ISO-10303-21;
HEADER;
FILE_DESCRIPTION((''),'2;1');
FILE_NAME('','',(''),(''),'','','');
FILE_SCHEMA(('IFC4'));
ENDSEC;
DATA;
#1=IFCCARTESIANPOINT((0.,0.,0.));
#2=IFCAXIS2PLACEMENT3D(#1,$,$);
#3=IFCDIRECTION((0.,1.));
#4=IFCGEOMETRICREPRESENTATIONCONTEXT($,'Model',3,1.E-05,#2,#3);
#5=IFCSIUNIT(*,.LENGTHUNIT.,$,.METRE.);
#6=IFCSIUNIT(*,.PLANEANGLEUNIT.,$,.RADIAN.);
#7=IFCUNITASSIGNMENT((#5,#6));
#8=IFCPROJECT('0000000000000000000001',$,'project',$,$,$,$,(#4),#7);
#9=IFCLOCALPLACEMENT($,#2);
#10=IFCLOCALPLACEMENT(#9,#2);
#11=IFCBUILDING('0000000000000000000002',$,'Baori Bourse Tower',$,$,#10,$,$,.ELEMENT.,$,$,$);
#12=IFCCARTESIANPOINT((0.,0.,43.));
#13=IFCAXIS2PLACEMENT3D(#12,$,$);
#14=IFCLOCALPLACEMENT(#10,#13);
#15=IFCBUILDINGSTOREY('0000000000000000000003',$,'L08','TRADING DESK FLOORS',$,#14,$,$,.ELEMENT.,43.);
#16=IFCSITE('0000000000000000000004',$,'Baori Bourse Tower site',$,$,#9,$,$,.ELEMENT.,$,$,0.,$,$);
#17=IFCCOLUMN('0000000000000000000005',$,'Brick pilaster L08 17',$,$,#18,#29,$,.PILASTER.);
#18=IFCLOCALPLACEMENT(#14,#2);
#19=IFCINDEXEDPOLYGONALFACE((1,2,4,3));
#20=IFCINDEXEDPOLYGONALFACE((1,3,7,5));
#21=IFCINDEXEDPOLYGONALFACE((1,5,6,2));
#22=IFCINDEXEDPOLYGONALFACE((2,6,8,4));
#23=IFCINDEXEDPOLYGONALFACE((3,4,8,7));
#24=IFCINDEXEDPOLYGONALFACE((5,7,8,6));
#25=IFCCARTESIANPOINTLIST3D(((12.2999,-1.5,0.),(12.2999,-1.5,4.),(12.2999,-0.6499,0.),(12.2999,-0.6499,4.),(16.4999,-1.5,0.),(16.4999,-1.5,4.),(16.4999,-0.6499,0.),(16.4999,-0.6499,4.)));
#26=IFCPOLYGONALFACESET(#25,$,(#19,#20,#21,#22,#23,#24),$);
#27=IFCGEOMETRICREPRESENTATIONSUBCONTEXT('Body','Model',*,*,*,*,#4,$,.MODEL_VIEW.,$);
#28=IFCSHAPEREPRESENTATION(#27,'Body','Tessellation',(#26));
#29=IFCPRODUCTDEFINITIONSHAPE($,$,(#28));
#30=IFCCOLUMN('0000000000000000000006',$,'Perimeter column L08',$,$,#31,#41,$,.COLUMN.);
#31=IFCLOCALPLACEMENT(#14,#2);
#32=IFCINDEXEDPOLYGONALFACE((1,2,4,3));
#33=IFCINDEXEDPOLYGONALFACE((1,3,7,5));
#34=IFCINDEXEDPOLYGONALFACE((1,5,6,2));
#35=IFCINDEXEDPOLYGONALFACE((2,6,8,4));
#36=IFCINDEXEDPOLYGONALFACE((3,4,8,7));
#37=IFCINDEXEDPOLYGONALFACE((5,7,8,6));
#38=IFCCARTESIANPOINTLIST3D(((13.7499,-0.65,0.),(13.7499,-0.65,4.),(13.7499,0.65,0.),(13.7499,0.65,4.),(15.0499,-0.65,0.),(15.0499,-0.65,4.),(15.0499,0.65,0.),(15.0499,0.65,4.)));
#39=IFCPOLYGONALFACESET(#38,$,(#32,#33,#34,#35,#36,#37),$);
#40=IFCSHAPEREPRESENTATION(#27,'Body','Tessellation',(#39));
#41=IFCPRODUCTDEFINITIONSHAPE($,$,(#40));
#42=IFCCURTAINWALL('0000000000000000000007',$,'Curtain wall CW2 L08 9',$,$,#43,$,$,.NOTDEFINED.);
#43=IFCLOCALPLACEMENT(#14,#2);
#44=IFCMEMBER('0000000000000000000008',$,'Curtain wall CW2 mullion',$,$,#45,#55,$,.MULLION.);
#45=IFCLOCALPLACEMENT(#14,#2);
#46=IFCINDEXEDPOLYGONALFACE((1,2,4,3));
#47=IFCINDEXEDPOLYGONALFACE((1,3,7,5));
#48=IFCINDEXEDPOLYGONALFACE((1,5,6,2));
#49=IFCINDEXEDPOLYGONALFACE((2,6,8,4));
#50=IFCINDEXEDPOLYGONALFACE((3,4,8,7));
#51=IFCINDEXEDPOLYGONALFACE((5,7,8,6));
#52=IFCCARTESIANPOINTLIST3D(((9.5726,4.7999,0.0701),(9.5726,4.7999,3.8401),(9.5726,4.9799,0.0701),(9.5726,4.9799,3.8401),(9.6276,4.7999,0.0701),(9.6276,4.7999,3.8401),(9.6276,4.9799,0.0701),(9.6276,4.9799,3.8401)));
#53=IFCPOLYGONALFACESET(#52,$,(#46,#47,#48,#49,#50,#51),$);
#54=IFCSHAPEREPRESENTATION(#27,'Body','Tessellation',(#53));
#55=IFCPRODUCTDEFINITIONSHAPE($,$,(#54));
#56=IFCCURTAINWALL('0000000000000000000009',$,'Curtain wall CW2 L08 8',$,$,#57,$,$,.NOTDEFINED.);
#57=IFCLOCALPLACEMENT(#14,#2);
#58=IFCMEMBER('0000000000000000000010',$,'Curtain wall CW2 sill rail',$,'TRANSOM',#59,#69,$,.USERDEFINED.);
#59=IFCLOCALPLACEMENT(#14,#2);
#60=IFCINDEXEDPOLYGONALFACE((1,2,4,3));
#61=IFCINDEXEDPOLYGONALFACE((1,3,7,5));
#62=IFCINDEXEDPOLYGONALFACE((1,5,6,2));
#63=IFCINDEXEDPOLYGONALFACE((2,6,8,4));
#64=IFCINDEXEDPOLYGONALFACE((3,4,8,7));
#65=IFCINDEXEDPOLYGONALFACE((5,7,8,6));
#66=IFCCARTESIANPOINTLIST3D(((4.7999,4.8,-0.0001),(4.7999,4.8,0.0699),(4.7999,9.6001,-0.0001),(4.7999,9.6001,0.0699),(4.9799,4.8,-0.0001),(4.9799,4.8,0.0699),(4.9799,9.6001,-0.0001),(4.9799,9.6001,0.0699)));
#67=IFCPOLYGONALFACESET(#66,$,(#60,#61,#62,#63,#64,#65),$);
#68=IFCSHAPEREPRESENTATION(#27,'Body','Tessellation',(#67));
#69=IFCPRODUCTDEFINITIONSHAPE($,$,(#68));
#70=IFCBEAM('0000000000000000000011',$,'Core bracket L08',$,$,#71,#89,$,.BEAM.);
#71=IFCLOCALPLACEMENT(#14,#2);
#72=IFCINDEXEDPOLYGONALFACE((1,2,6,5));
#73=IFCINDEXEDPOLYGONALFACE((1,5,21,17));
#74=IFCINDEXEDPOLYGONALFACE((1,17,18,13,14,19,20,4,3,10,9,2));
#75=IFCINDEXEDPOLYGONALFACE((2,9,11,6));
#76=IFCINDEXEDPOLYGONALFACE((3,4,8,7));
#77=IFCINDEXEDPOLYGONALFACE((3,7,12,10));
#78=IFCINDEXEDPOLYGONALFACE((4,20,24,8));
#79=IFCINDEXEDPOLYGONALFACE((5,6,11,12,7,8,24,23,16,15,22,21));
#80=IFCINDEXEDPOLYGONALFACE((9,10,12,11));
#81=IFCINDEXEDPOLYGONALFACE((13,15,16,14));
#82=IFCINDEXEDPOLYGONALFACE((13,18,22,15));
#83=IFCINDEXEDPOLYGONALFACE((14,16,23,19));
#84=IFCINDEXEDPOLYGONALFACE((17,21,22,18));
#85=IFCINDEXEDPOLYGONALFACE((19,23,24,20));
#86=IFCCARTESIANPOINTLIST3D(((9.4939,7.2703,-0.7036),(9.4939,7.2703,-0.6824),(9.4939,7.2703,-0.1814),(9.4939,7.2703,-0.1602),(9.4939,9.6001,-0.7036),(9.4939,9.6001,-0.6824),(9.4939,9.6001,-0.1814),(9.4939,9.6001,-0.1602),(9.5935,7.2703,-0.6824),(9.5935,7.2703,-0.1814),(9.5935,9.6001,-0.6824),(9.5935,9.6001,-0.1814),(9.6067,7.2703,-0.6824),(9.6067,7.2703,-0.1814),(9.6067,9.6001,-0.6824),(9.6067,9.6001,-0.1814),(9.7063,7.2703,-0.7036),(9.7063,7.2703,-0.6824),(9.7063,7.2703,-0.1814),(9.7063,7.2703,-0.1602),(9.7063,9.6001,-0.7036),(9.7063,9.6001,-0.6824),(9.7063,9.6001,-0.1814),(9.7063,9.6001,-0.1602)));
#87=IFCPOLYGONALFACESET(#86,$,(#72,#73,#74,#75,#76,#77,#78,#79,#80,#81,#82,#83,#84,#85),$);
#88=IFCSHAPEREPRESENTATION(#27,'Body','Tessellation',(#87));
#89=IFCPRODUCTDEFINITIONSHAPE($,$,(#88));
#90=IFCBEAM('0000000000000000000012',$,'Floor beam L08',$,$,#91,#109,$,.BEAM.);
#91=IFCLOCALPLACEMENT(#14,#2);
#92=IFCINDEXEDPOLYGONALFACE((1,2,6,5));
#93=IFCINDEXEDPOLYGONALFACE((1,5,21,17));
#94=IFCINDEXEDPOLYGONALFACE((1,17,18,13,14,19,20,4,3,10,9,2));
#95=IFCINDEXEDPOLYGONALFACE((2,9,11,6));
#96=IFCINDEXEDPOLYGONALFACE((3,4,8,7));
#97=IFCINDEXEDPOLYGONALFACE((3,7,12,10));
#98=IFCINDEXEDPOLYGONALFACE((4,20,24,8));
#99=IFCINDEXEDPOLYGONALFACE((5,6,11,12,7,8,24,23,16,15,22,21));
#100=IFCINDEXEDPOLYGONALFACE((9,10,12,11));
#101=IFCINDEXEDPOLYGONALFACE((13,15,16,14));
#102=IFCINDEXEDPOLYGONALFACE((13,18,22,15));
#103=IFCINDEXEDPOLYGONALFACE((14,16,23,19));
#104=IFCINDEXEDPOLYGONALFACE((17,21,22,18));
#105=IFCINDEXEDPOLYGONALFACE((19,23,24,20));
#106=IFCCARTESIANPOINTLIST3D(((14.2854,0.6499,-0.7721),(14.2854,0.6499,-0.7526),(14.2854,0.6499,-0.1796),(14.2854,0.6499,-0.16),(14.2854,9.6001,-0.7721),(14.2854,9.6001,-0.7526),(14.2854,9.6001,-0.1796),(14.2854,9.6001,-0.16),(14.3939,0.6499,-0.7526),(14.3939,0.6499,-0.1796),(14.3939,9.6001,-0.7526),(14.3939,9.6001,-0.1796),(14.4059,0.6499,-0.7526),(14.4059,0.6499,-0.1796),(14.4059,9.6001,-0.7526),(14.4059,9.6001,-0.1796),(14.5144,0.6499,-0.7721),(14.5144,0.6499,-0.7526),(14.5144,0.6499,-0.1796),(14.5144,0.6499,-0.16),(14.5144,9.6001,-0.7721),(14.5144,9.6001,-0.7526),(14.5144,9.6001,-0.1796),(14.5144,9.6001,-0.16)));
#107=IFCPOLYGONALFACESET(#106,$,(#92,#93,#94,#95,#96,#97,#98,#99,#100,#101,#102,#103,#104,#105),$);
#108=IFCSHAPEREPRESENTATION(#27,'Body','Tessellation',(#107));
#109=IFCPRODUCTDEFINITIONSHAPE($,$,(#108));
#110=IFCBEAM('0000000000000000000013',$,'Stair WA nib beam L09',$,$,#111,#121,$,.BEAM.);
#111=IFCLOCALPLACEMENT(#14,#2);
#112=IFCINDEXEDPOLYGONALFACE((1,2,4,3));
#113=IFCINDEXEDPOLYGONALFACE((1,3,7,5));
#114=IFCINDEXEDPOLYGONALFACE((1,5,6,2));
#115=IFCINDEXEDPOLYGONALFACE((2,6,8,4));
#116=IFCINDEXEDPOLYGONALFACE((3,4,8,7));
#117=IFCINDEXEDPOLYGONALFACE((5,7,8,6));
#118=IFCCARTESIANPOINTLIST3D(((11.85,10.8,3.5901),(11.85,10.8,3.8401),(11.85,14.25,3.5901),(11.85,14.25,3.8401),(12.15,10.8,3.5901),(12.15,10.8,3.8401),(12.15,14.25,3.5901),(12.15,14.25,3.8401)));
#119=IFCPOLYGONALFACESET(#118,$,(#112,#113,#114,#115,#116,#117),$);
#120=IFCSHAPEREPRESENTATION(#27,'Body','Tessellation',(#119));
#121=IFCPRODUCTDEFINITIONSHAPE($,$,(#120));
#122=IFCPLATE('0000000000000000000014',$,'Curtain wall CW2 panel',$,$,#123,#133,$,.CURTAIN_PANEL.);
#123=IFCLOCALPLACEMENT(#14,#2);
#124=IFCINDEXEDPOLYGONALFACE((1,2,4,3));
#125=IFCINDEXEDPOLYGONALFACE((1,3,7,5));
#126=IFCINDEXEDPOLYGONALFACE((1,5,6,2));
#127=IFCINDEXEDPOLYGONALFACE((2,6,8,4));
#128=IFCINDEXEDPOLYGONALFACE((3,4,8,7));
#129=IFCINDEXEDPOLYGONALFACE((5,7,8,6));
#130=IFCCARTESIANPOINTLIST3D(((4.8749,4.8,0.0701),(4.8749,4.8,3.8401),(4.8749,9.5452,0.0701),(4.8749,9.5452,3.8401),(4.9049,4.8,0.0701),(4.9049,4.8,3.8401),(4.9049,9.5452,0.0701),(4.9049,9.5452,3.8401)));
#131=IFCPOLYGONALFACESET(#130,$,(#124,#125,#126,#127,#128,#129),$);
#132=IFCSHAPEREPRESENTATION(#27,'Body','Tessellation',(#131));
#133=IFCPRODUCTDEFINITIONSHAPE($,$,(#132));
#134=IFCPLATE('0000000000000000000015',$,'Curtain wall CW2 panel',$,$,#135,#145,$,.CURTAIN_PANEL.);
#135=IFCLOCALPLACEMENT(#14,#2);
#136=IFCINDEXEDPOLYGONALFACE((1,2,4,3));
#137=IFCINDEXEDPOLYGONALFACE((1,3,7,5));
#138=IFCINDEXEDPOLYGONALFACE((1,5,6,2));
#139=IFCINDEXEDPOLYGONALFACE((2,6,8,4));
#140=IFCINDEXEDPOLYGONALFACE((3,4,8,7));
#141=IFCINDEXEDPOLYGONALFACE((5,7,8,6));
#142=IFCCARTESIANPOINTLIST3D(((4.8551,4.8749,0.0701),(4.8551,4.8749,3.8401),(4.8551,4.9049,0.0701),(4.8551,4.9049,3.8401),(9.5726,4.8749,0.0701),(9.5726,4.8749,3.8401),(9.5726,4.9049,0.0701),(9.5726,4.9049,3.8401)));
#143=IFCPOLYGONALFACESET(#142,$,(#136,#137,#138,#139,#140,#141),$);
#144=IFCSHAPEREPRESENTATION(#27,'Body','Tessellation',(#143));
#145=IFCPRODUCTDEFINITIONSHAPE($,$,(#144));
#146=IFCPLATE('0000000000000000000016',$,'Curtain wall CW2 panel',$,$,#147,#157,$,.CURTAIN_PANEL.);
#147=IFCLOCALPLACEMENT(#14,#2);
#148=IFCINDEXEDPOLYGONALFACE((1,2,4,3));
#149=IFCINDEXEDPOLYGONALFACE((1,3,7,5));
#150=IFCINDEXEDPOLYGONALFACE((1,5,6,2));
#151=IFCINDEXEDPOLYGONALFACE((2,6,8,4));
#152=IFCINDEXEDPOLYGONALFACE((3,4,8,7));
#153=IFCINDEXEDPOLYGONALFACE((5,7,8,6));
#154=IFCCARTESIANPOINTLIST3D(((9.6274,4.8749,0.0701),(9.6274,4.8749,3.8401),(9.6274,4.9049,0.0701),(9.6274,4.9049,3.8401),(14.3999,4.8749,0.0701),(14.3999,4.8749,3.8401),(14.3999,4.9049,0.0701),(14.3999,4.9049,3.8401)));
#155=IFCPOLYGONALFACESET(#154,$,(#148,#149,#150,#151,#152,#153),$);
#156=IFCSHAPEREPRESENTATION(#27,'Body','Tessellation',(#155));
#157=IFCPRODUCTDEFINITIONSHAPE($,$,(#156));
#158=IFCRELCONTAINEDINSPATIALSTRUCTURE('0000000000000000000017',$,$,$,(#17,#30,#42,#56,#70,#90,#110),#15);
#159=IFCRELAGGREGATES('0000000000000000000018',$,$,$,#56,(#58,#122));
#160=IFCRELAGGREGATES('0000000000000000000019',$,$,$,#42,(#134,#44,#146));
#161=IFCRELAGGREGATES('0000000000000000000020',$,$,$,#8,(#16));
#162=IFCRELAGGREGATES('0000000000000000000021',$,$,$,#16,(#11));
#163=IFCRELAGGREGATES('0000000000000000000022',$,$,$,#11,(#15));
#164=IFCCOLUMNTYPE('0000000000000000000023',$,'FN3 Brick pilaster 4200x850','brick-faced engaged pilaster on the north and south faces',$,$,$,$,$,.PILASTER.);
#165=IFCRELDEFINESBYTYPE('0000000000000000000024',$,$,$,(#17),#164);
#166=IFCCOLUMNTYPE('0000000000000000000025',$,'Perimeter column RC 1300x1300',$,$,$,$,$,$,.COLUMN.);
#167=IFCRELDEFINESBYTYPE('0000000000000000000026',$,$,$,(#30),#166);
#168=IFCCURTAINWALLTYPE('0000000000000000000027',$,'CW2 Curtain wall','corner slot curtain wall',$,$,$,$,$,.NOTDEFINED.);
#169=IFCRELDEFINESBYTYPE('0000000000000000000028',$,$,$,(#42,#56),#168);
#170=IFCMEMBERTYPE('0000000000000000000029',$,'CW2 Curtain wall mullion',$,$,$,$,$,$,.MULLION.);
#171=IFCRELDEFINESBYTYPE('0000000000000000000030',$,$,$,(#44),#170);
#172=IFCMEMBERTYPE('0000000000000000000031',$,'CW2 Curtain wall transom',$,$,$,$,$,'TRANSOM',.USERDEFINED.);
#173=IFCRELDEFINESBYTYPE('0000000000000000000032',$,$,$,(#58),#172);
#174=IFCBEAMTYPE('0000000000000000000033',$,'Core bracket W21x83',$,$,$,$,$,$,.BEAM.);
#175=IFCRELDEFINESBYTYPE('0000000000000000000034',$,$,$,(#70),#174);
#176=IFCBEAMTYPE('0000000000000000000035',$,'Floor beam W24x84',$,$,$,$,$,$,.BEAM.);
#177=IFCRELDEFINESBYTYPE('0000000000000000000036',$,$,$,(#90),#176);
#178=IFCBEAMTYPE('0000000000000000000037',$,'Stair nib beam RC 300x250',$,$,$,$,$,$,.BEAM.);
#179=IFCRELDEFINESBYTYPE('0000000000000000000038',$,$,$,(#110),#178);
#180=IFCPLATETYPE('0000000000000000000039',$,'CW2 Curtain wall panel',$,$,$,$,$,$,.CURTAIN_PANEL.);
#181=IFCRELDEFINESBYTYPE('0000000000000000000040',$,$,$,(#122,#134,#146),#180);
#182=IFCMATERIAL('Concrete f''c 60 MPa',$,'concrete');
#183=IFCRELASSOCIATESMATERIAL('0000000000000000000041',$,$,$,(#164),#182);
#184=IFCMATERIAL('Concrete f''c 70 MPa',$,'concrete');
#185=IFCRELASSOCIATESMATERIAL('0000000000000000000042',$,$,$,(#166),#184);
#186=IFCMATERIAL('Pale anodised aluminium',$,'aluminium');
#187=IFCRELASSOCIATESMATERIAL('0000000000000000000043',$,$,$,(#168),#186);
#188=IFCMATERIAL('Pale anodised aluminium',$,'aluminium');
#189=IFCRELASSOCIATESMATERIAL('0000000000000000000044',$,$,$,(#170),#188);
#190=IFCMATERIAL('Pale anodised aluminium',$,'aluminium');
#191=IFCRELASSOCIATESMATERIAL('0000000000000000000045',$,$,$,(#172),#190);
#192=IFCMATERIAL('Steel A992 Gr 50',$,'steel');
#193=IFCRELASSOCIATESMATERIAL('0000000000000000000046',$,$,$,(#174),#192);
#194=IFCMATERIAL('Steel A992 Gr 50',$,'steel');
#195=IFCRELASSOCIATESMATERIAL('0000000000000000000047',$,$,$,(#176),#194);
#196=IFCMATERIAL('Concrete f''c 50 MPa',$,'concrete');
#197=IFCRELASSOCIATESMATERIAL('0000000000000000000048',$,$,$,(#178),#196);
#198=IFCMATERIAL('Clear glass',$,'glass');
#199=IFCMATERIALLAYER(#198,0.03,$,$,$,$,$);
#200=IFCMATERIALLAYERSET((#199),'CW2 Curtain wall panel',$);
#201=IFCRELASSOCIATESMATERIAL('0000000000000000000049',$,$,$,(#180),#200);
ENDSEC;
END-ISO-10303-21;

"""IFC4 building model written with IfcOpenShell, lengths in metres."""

from ifc_helpers import new_model, si_unit, direction, frame, origin, origin_2d, place, context, subcontext, project, spatial, rectangle, i_section, extrude, material, layer, layer_set, material_profile, profile_set, type_object, element, aggregate, save


model = new_model("IFC4")

# Units and contexts
model_context = context("Model", 3, precision=1e-05, world=origin(), true_north=direction((0.0, 1.0)))
body_context = subcontext(model_context, "Body", "Model", "MODEL_VIEW")
ifc_project = project(units=[si_unit("LENGTHUNIT", "METRE"), si_unit("PLANEANGLEUNIT", "RADIAN")], contexts=[model_context])

# Site, building, storey
site_placement = place(None, origin())
site = spatial("IfcSite", under=ifc_project, at=site_placement, Name="Baori Bourse Tower site", CompositionType="ELEMENT", RefElevation=0.0)
building_placement = place(site_placement, origin())
building = spatial("IfcBuilding", under=site, at=building_placement, Name="Baori Bourse Tower", CompositionType="ELEMENT")
storey_placement = place(building_placement, frame((0.0, 0.0, 43.0)))
storey = spatial("IfcBuildingStorey", under=building, at=storey_placement, Name="L08", Description="TRADING DESK FLOORS", CompositionType="ELEMENT", Elevation=43.0)

# Columns
ifc_material_1 = material(Name="Concrete f'c 60 MPa", Category="concrete")
ifc_material_profile_1 = material_profile(ifc_material_1, rectangle(XDim=4.2, YDim=0.8501, at=origin_2d()), Name="RC 4200x850")
ifc_profile_set_1 = profile_set([ifc_material_profile_1], Name="Concrete f'c 60 MPa")
column_type_1 = type_object("IfcColumnType", Name="FN3 Brick pilaster 4200x850", Description="brick-faced engaged pilaster on the north and south faces", PredefinedType="PILASTER", material=ifc_profile_set_1)
column_1_placement = place(storey_placement, frame((14.3999, -1.075, 0.0), z_axis=(0.0, 0.0, 1.0), x_axis=(1.0, 0.0, 0.0)))
element("IfcColumn", 1, at=column_1_placement, inside=storey, type_object=column_type_1, Name="Brick pilaster L08 17", PredefinedType="PILASTER", context=body_context, shape_type="SweptSolid", body=[
    extrude(rectangle(XDim=4.2, YDim=0.8501, at=origin_2d()), origin(), (0.0, 0.0, 1.0), 4.0),
])
ifc_material_2 = material(Name="Concrete f'c 70 MPa", Category="concrete")
ifc_material_profile_2 = material_profile(ifc_material_2, rectangle(XDim=1.3, YDim=1.3, at=origin_2d()), Name="RC 1300x1300")
ifc_profile_set_2 = profile_set([ifc_material_profile_2], Name="Concrete f'c 70 MPa")
column_type_2 = type_object("IfcColumnType", Name="Perimeter column RC 1300x1300", PredefinedType="COLUMN", material=ifc_profile_set_2)
column_2_placement = place(storey_placement, frame((14.3999, 0.0, 0.0), z_axis=(0.0, 0.0, 1.0), x_axis=(1.0, 0.0, 0.0)))
element("IfcColumn", 2, at=column_2_placement, inside=storey, type_object=column_type_2, Name="Perimeter column L08", PredefinedType="COLUMN", context=body_context, shape_type="SweptSolid", body=[
    extrude(rectangle(XDim=1.3, YDim=1.3, at=origin_2d()), origin(), (0.0, 0.0, 1.0), 4.0),
])

# Curtain walls, members
ifc_material_3 = material(Name="Pale anodised aluminium", Category="aluminium")
curtain_wall_type = type_object("IfcCurtainWallType", Name="CW2 Curtain wall", Description="corner slot curtain wall", PredefinedType="NOTDEFINED", material=ifc_material_3)
curtain_wall_1_placement = place(storey_placement, origin())
curtain_wall_1 = element("IfcCurtainWall", 3, at=curtain_wall_1_placement, inside=storey, type_object=curtain_wall_type, Name="Curtain wall CW2 L08 9", PredefinedType="NOTDEFINED")
ifc_material_4 = material(Name="Pale anodised aluminium", Category="aluminium")
ifc_material_profile_3 = material_profile(ifc_material_4, rectangle(XDim=0.1799, YDim=0.0549, at=origin_2d()), Name="Mullion 55x180")
ifc_profile_set_3 = profile_set([ifc_material_profile_3], Name="Pale anodised aluminium")
member_type_1 = type_object("IfcMemberType", Name="CW2 Curtain wall mullion", PredefinedType="MULLION", material=ifc_profile_set_3)
member_1_placement = place(storey_placement, frame((9.6001, 4.8899, 0.0701), z_axis=(0.0, 0.0, 1.0), x_axis=(0.0, 1.0, 0.0)))
member_1 = element("IfcMember", 4, at=member_1_placement, type_object=member_type_1, Name="Curtain wall CW2 mullion", PredefinedType="MULLION", context=body_context, shape_type="SweptSolid", body=[
    extrude(rectangle(XDim=0.1799, YDim=0.0549, at=origin_2d()), origin(), (0.0, 0.0, 1.0), 3.77),
])
curtain_wall_2_placement = place(storey_placement, origin())
curtain_wall_2 = element("IfcCurtainWall", 5, at=curtain_wall_2_placement, inside=storey, type_object=curtain_wall_type, Name="Curtain wall CW2 L08 8", PredefinedType="NOTDEFINED")
ifc_material_5 = material(Name="Pale anodised aluminium", Category="aluminium")
ifc_material_profile_4 = material_profile(ifc_material_5, rectangle(XDim=0.1799, YDim=0.0701, at=origin_2d()), Name="Transom 70x180")
ifc_profile_set_4 = profile_set([ifc_material_profile_4], Name="Pale anodised aluminium")
member_type_2 = type_object("IfcMemberType", Name="CW2 Curtain wall transom", ElementType="TRANSOM", PredefinedType="USERDEFINED", material=ifc_profile_set_4)
member_2_placement = place(storey_placement, frame((4.8899, 9.6001, 0.0349), z_axis=(0.0, -1.0, 0.0), x_axis=(1.0, 0.0, 0.0)))
member_2 = element("IfcMember", 6, at=member_2_placement, type_object=member_type_2, Name="Curtain wall CW2 sill rail", ObjectType="TRANSOM", PredefinedType="USERDEFINED", context=body_context, shape_type="SweptSolid", body=[
    extrude(rectangle(XDim=0.1799, YDim=0.0701, at=origin_2d()), origin(), (0.0, 0.0, 1.0), 4.8),
])

# Beams
ifc_material_6 = material(Name="Steel A992 Gr 50", Category="steel")
ifc_material_profile_5 = material_profile(ifc_material_6, i_section(OverallWidth=0.2124, OverallDepth=0.5435, WebThickness=0.0132, FlangeThickness=0.0212, at=origin_2d()), Name="W21x83")
ifc_profile_set_5 = profile_set([ifc_material_profile_5], Name="Steel A992 Gr 50")
beam_type_1 = type_object("IfcBeamType", Name="Core bracket W21x83", PredefinedType="BEAM", material=ifc_profile_set_5)
beam_1_placement = place(storey_placement, frame((9.6001, 7.2703, -0.4319), z_axis=(0.0, 1.0, 0.0), x_axis=(-1.0, 0.0, 0.0)))
element("IfcBeam", 7, at=beam_1_placement, inside=storey, type_object=beam_type_1, Name="Core bracket L08", PredefinedType="BEAM", context=body_context, shape_type="SweptSolid", body=[
    extrude(i_section(OverallWidth=0.2124, OverallDepth=0.5435, WebThickness=0.0132, FlangeThickness=0.0212, at=origin_2d()), origin(), (0.0, 0.0, 1.0), 2.3298),
])
ifc_material_7 = material(Name="Steel A992 Gr 50", Category="steel")
ifc_material_profile_6 = material_profile(ifc_material_7, i_section(OverallWidth=0.229, OverallDepth=0.6121, WebThickness=0.012, FlangeThickness=0.0195, at=origin_2d()), Name="W24x84")
ifc_profile_set_6 = profile_set([ifc_material_profile_6], Name="Steel A992 Gr 50")
beam_type_2 = type_object("IfcBeamType", Name="Floor beam W24x84", PredefinedType="BEAM", material=ifc_profile_set_6)
beam_2_placement = place(storey_placement, frame((14.3999, 0.6499, -0.4661), z_axis=(0.0, 1.0, 0.0), x_axis=(-1.0, 0.0, 0.0)))
element("IfcBeam", 8, at=beam_2_placement, inside=storey, type_object=beam_type_2, Name="Floor beam L08", PredefinedType="BEAM", context=body_context, shape_type="SweptSolid", body=[
    extrude(i_section(OverallWidth=0.229, OverallDepth=0.6121, WebThickness=0.012, FlangeThickness=0.0195, at=origin_2d()), origin(), (0.0, 0.0, 1.0), 8.9502),
])
ifc_material_8 = material(Name="Concrete f'c 50 MPa", Category="concrete")
ifc_material_profile_7 = material_profile(ifc_material_8, rectangle(XDim=0.3, YDim=0.25, at=origin_2d()), Name="RC 300x250")
ifc_profile_set_7 = profile_set([ifc_material_profile_7], Name="Concrete f'c 50 MPa")
beam_type_3 = type_object("IfcBeamType", Name="Stair nib beam RC 300x250", PredefinedType="BEAM", material=ifc_profile_set_7)
beam_3_placement = place(storey_placement, frame((12.0, 10.8, 3.7151), z_axis=(0.0, 1.0, 0.0), x_axis=(-1.0, 0.0, 0.0)))
element("IfcBeam", 9, at=beam_3_placement, inside=storey, type_object=beam_type_3, Name="Stair WA nib beam L09", PredefinedType="BEAM", context=body_context, shape_type="SweptSolid", body=[
    extrude(rectangle(XDim=0.3, YDim=0.25, at=origin_2d()), origin(), (0.0, 0.0, 1.0), 3.45),
])

# Plates
ifc_material_9 = material(Name="Clear glass", Category="glass")
ifc_layer_1 = layer(ifc_material_9, 0.03)
ifc_layer_set_1 = layer_set([ifc_layer_1], Name="CW2 Curtain wall panel")
plate_type = type_object("IfcPlateType", Name="CW2 Curtain wall panel", PredefinedType="CURTAIN_PANEL", material=ifc_layer_set_1)
plate_1_placement = place(storey_placement, frame((4.8899, 7.1726, 0.0701), z_axis=(0.0, 0.0, 1.0), x_axis=(0.0, -1.0, 0.0)))
plate_1 = element("IfcPlate", 10, at=plate_1_placement, type_object=plate_type, Name="Curtain wall CW2 panel", PredefinedType="CURTAIN_PANEL", context=body_context, shape_type="SweptSolid", body=[
    extrude(rectangle(XDim=4.7451, YDim=0.03, at=origin_2d()), origin(), (0.0, 0.0, 1.0), 3.77),
])
aggregate(curtain_wall_2, [member_2, plate_1])
plate_2_placement = place(storey_placement, frame((7.2139, 4.8899, 0.0701), z_axis=(0.0, 0.0, 1.0), x_axis=(1.0, 0.0, 0.0)))
plate_2 = element("IfcPlate", 11, at=plate_2_placement, type_object=plate_type, Name="Curtain wall CW2 panel", PredefinedType="CURTAIN_PANEL", context=body_context, shape_type="SweptSolid", body=[
    extrude(rectangle(XDim=4.7175, YDim=0.03, at=origin_2d()), origin(), (0.0, 0.0, 1.0), 3.77),
])
plate_3_placement = place(storey_placement, frame((12.0137, 4.8899, 0.0701), z_axis=(0.0, 0.0, 1.0), x_axis=(1.0, 0.0, 0.0)))
plate_3 = element("IfcPlate", 12, at=plate_3_placement, type_object=plate_type, Name="Curtain wall CW2 panel", PredefinedType="CURTAIN_PANEL", context=body_context, shape_type="SweptSolid", body=[
    extrude(rectangle(XDim=4.7725, YDim=0.03, at=origin_2d()), origin(), (0.0, 0.0, 1.0), 3.77),
])
aggregate(curtain_wall_1, [plate_2, member_1, plate_3])

save(model, "model.ifc")
